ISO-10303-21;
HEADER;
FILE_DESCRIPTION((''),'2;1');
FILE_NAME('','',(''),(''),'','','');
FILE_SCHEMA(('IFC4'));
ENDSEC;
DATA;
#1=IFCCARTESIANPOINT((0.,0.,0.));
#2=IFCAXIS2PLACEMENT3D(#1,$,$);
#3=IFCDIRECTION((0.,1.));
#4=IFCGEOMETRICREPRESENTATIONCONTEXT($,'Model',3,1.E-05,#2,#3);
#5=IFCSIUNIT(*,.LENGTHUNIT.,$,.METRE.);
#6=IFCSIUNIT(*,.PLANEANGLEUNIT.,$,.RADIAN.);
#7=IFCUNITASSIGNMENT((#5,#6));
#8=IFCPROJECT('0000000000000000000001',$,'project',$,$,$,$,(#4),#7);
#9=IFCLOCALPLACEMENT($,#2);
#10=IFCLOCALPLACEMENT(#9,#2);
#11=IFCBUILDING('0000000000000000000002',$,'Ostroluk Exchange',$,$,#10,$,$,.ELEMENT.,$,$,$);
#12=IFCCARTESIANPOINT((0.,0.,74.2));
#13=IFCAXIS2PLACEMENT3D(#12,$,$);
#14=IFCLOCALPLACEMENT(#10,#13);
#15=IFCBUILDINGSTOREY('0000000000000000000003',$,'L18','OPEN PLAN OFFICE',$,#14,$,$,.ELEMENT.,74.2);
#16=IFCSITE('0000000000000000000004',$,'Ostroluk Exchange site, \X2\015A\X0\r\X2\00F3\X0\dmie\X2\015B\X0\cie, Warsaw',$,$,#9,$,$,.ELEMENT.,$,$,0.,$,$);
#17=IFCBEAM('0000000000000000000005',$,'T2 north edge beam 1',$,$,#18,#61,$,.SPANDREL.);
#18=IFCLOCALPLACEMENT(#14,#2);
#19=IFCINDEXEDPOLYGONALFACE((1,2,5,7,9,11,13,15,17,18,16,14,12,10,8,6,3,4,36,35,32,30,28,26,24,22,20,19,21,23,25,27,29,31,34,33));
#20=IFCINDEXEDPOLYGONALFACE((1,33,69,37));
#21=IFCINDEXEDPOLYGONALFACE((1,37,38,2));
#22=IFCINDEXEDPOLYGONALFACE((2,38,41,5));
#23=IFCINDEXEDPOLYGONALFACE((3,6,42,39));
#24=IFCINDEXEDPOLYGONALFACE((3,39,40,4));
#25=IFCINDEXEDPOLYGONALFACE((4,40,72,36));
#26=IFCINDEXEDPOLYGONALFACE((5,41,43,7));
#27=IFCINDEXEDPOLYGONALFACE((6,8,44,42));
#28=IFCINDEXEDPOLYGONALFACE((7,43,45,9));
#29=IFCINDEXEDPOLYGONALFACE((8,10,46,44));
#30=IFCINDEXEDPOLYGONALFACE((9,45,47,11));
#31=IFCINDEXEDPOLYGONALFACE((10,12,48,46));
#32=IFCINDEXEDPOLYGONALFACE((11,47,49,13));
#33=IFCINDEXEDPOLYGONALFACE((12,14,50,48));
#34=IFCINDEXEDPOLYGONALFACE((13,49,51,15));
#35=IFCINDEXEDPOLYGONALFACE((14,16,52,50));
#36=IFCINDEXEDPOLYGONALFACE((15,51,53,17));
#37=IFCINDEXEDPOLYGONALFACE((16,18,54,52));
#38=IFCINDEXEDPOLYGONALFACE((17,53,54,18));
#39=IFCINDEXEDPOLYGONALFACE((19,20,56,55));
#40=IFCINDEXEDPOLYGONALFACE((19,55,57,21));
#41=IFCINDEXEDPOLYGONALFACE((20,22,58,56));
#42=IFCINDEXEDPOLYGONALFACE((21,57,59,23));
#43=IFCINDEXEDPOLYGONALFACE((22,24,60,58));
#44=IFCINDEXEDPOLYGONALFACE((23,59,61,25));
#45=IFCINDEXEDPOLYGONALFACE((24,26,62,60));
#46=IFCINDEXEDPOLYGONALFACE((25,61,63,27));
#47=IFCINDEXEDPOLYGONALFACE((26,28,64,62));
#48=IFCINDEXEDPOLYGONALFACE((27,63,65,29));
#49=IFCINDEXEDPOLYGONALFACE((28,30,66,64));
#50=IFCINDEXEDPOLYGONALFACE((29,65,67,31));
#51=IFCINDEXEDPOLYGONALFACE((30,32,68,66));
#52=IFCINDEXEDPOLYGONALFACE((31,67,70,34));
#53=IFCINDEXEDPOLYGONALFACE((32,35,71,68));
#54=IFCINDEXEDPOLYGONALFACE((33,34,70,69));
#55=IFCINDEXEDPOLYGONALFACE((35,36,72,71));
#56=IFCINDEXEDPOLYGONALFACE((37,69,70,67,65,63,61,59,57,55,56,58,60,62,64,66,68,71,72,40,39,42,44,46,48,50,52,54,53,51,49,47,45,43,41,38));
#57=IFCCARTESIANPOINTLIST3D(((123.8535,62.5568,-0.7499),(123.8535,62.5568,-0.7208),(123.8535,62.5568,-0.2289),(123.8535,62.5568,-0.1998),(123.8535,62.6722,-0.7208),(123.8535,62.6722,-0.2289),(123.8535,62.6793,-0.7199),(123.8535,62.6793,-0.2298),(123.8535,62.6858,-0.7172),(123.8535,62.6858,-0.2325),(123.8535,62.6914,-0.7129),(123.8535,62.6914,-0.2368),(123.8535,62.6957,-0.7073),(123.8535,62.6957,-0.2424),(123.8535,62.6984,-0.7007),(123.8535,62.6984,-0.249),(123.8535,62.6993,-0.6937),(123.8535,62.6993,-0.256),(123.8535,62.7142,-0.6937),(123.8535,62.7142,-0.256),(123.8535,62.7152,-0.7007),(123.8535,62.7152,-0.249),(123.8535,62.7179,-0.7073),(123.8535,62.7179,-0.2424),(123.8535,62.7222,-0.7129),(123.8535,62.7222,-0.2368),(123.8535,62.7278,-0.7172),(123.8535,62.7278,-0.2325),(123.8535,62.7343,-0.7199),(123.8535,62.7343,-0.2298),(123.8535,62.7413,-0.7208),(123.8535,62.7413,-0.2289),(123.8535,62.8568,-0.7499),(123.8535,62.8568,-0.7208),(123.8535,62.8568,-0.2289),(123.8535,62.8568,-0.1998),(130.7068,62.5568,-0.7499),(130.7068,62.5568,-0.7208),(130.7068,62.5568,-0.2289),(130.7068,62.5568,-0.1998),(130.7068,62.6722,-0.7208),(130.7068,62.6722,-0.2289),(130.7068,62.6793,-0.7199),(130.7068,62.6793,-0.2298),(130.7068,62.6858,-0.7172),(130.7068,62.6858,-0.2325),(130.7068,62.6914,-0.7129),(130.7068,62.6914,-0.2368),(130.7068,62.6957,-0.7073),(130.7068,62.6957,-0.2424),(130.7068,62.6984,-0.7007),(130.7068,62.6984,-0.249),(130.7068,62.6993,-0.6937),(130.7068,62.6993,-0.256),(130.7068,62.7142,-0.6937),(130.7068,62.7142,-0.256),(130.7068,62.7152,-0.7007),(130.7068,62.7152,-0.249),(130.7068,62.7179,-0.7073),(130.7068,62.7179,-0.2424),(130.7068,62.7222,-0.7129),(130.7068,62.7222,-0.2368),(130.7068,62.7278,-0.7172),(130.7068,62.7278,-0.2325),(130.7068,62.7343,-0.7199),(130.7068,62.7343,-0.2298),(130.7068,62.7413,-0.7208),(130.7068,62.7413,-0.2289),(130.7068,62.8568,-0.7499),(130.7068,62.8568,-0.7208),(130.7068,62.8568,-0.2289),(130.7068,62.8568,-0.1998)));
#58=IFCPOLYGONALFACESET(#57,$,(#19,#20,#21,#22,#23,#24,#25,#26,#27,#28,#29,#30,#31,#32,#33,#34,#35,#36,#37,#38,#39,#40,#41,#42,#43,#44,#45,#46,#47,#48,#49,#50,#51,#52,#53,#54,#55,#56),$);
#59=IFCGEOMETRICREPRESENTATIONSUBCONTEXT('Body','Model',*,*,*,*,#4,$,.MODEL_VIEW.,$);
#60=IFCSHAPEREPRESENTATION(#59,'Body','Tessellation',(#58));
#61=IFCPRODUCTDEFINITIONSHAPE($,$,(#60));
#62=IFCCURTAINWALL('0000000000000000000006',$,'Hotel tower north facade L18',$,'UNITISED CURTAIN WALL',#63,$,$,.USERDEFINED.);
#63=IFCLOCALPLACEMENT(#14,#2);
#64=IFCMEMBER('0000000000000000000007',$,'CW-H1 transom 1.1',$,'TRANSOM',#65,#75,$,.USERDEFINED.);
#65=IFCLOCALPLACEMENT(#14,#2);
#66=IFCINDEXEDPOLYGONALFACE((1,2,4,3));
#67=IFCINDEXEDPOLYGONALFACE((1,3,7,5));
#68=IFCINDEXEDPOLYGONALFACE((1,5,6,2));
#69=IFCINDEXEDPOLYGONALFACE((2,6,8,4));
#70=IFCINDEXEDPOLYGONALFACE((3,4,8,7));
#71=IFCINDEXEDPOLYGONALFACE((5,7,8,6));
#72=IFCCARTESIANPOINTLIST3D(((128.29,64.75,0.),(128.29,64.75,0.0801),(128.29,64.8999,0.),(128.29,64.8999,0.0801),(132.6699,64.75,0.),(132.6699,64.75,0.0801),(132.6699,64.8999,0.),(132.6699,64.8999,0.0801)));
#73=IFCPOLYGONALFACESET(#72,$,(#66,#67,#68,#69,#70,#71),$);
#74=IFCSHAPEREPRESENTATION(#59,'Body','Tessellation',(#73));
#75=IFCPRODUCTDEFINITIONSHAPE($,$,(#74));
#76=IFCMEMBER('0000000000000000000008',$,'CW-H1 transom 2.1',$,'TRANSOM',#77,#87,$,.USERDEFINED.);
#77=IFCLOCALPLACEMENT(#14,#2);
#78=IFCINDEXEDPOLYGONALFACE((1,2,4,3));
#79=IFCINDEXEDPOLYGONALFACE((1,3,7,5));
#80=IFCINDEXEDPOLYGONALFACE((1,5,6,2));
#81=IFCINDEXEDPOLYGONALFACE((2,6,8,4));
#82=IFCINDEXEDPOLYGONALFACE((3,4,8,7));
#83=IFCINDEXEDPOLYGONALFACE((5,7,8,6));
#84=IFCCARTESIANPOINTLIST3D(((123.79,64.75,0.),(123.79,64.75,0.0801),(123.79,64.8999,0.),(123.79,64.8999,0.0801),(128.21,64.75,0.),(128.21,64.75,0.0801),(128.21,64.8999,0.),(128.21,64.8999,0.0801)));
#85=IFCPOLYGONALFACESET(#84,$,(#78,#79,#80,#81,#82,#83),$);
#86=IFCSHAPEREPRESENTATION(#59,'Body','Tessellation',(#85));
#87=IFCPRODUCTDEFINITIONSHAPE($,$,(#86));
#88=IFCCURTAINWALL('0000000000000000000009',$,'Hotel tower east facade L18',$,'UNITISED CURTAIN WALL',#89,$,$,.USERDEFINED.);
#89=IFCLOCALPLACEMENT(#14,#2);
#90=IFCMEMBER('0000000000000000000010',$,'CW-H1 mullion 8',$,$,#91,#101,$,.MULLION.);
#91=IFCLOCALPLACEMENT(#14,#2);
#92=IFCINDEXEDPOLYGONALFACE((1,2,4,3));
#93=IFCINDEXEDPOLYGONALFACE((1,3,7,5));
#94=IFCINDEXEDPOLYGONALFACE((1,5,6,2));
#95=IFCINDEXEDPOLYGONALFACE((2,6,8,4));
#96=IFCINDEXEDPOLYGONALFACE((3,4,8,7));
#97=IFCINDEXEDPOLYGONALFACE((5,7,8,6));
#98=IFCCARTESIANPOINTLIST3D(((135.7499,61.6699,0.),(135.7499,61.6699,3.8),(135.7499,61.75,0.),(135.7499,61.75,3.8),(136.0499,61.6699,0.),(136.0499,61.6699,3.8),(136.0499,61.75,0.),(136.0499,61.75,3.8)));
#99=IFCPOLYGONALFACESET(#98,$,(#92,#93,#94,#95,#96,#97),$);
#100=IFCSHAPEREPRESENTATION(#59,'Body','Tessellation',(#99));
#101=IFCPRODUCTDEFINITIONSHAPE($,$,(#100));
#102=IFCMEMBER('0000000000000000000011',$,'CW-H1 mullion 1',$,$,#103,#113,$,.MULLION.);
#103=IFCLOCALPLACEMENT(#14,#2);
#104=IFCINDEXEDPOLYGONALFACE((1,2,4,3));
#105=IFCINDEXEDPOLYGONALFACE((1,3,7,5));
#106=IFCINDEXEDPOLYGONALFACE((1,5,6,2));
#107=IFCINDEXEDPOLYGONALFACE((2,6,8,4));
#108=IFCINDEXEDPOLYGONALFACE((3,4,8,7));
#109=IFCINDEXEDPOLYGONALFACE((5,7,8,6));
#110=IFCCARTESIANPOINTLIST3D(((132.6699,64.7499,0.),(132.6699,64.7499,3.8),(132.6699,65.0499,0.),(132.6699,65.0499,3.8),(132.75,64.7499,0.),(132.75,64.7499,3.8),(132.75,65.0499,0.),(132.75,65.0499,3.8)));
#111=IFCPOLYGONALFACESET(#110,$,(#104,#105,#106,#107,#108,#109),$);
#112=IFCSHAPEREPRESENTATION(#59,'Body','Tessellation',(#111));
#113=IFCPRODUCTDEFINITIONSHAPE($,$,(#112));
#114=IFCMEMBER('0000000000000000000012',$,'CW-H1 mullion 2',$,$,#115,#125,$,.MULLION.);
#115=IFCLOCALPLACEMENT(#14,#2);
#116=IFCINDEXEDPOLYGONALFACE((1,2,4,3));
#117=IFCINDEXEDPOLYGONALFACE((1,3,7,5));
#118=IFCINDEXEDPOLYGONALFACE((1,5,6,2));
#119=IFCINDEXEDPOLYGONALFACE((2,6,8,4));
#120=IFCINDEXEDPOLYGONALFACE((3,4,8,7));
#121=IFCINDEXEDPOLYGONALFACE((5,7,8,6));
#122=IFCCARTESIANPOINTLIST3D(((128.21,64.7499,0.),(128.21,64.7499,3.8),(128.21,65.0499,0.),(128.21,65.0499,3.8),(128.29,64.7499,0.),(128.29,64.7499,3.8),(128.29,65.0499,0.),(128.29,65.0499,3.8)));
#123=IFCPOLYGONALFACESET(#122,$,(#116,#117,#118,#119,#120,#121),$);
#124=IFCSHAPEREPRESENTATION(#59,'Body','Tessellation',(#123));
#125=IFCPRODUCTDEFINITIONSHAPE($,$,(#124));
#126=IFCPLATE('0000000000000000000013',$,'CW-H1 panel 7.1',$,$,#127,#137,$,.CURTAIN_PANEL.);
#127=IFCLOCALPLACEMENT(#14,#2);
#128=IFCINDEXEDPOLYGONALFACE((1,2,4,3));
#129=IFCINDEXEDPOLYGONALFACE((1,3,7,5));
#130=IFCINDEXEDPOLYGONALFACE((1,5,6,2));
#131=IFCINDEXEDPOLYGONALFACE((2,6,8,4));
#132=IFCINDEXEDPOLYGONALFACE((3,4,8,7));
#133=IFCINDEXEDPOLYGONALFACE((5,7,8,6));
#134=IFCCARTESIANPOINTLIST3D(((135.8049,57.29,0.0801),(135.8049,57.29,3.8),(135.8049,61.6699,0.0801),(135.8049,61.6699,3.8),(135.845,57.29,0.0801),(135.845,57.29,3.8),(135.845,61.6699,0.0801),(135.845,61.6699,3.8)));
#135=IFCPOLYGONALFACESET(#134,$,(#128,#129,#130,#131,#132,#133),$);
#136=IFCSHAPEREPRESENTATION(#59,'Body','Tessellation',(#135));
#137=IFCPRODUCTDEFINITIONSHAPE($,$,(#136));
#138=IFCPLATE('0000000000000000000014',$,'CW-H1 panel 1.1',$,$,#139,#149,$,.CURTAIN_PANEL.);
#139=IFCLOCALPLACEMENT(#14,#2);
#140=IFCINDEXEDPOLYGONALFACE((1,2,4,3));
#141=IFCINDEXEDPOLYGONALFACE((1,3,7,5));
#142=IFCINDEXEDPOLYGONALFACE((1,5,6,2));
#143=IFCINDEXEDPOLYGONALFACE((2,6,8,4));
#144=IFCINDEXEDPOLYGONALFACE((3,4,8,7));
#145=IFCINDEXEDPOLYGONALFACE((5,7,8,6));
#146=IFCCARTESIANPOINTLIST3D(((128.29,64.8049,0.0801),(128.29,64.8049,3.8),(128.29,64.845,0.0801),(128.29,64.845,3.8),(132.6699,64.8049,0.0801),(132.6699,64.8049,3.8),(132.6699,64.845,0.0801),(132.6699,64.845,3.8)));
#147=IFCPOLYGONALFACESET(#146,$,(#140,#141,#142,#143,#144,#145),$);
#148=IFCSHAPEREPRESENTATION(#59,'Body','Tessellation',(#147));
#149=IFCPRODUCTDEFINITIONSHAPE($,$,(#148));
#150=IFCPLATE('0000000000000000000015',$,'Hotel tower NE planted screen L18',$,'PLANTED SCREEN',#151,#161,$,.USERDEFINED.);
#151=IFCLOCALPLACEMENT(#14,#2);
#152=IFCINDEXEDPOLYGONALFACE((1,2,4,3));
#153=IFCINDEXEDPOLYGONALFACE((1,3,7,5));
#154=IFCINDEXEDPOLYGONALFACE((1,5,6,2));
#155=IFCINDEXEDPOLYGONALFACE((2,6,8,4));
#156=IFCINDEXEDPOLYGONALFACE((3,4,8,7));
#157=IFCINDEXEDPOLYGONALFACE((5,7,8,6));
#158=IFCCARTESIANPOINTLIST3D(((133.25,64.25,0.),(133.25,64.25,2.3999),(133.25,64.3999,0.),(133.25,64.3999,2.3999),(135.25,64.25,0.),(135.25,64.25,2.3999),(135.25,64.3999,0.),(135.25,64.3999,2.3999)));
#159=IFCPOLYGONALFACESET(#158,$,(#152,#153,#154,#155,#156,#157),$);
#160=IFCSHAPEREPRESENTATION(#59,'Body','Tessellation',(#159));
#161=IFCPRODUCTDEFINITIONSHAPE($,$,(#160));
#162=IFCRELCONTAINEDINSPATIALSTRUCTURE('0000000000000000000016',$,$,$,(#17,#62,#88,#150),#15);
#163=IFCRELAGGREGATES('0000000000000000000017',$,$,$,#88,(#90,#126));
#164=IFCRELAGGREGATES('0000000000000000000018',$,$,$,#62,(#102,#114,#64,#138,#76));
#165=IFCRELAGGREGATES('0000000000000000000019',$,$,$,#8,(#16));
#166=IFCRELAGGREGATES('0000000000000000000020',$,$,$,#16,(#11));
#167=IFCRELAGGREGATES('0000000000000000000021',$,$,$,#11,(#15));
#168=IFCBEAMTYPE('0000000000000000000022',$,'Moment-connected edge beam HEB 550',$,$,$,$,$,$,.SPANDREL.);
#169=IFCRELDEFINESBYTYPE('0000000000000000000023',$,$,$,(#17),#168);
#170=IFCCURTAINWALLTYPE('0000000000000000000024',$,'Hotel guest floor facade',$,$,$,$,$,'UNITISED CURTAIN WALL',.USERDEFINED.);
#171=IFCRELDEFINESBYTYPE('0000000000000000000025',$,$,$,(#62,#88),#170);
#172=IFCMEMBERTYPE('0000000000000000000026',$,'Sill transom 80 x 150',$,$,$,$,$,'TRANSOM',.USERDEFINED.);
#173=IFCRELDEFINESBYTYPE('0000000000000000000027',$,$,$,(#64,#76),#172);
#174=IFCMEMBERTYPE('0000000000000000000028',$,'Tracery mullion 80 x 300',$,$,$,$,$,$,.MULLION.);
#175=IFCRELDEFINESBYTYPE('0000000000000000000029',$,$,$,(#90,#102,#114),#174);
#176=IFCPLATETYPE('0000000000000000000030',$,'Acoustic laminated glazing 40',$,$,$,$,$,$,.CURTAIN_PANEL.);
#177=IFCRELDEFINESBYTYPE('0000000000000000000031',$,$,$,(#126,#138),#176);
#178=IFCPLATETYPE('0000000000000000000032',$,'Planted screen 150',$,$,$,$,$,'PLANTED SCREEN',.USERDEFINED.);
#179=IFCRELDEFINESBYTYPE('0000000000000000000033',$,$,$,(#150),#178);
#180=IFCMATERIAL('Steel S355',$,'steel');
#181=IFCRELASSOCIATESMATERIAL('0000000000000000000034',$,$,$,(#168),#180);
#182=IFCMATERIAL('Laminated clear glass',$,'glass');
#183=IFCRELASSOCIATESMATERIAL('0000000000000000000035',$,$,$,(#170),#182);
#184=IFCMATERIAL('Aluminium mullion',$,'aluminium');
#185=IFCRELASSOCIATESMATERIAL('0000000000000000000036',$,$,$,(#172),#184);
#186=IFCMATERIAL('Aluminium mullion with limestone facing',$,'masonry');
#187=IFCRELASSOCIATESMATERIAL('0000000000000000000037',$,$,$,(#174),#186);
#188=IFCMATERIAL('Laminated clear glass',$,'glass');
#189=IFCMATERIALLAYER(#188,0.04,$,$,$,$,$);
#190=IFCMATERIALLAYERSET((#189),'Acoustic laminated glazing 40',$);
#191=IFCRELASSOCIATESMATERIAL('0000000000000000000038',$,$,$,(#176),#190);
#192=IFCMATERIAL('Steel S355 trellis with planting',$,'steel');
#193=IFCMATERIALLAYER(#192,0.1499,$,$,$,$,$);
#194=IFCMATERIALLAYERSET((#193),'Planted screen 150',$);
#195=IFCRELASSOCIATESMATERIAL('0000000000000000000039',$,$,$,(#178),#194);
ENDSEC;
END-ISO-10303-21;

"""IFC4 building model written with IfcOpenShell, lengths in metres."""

from ifc_helpers import new_model, si_unit, direction, frame, origin, origin_2d, place, context, subcontext, project, spatial, rectangle, i_section, extrude, material, layer, layer_set, material_profile, profile_set, type_object, element, aggregate, save


model = new_model("IFC4")

# Units and contexts
model_context = context("Model", 3, precision=1e-05, world=origin(), true_north=direction((0.0, 1.0)))
body_context = subcontext(model_context, "Body", "Model", "MODEL_VIEW")
ifc_project = project(units=[si_unit("LENGTHUNIT", "METRE"), si_unit("PLANEANGLEUNIT", "RADIAN")], contexts=[model_context])

# Site, building, storey
site_placement = place(None, origin())
site = spatial("IfcSite", under=ifc_project, at=site_placement, Name="Ostroluk Exchange site, Śródmieście, Warsaw", CompositionType="ELEMENT", RefElevation=0.0)
building_placement = place(site_placement, origin())
building = spatial("IfcBuilding", under=site, at=building_placement, Name="Ostroluk Exchange", CompositionType="ELEMENT")
storey_placement = place(building_placement, frame((0.0, 0.0, 74.2)))
storey = spatial("IfcBuildingStorey", under=building, at=storey_placement, Name="L18", Description="OPEN PLAN OFFICE", CompositionType="ELEMENT", Elevation=74.2)

# Beam
ifc_material_1 = material(Name="Steel S355", Category="steel")
ifc_material_profile_1 = material_profile(ifc_material_1, i_section(OverallWidth=0.3, OverallDepth=0.55, WebThickness=0.0149, FlangeThickness=0.0291, FilletRadius=0.0271, at=origin_2d()), Name="HEB 550")
ifc_profile_set_1 = profile_set([ifc_material_profile_1], Name="Steel S355")
beam_type_1 = type_object("IfcBeamType", Name="Moment-connected edge beam HEB 550", PredefinedType="SPANDREL", material=ifc_profile_set_1)
beam_1_placement = place(storey_placement, frame((130.7068, 62.7068, -0.4749), z_axis=(-1.0, 0.0, 0.0), x_axis=(0.0, -1.0, 0.0)))
element("IfcBeam", 1, at=beam_1_placement, inside=storey, type_object=beam_type_1, Name="T2 north edge beam 1", PredefinedType="SPANDREL", context=body_context, shape_type="SweptSolid", body=[
    extrude(i_section(OverallWidth=0.3, OverallDepth=0.55, WebThickness=0.0149, FlangeThickness=0.0291, FilletRadius=0.0271, at=origin_2d()), origin(), (0.0, 0.0, 1.0), 6.8533),
])

# Curtain wall, members
ifc_material_2 = material(Name="Laminated clear glass", Category="glass")
curtain_wall_type = type_object("IfcCurtainWallType", Name="Hotel guest floor facade", ElementType="UNITISED CURTAIN WALL", PredefinedType="USERDEFINED", material=ifc_material_2)
curtain_wall_1_placement = place(storey_placement, origin())
curtain_wall_1 = element("IfcCurtainWall", 2, at=curtain_wall_1_placement, inside=storey, type_object=curtain_wall_type, Name="Hotel tower north facade L18", ObjectType="UNITISED CURTAIN WALL", PredefinedType="USERDEFINED")
ifc_material_3 = material(Name="Aluminium mullion", Category="aluminium")
ifc_material_profile_2 = material_profile(ifc_material_3, rectangle(XDim=0.1499, YDim=0.0801, at=origin_2d()), Name="Sill transom 80 x 150")
ifc_profile_set_2 = profile_set([ifc_material_profile_2], Name="Aluminium mullion")
member_type_1 = type_object("IfcMemberType", Name="Sill transom 80 x 150", ElementType="TRANSOM", PredefinedType="USERDEFINED", material=ifc_profile_set_2)
member_1_placement = place(storey_placement, frame((132.6699, 64.825, 0.04), z_axis=(-1.0, 0.0, 0.0), x_axis=(0.0, -1.0, 0.0)))
member_1 = element("IfcMember", 3, at=member_1_placement, type_object=member_type_1, Name="CW-H1 transom 1.1", ObjectType="TRANSOM", PredefinedType="USERDEFINED", context=body_context, shape_type="SweptSolid", body=[
    extrude(rectangle(XDim=0.1499, YDim=0.0801, at=origin_2d()), origin(), (0.0, 0.0, 1.0), 4.3799),
])
member_2_placement = place(storey_placement, frame((128.21, 64.825, 0.04), z_axis=(-1.0, 0.0, 0.0), x_axis=(0.0, -1.0, 0.0)))
member_2 = element("IfcMember", 4, at=member_2_placement, type_object=member_type_1, Name="CW-H1 transom 2.1", ObjectType="TRANSOM", PredefinedType="USERDEFINED", context=body_context, shape_type="SweptSolid", body=[
    extrude(rectangle(XDim=0.1499, YDim=0.0801, at=origin_2d()), origin(), (0.0, 0.0, 1.0), 4.4199),
])

# Curtain wall, member
curtain_wall_2_placement = place(storey_placement, origin())
curtain_wall_2 = element("IfcCurtainWall", 5, at=curtain_wall_2_placement, inside=storey, type_object=curtain_wall_type, Name="Hotel tower east facade L18", ObjectType="UNITISED CURTAIN WALL", PredefinedType="USERDEFINED")
ifc_material_4 = material(Name="Aluminium mullion with limestone facing", Category="masonry")
ifc_material_profile_3 = material_profile(ifc_material_4, rectangle(XDim=0.3, YDim=0.0801, at=origin_2d()), Name="Tracery mullion 80 x 300")
ifc_profile_set_3 = profile_set([ifc_material_profile_3], Name="Aluminium mullion with limestone facing")
member_type_2 = type_object("IfcMemberType", Name="Tracery mullion 80 x 300", PredefinedType="MULLION", material=ifc_profile_set_3)
member_3_placement = place(storey_placement, frame((135.8999, 61.71, 0.0), z_axis=(0.0, 0.0, 1.0), x_axis=(-1.0, 0.0, 0.0)))
member_3 = element("IfcMember", 6, at=member_3_placement, type_object=member_type_2, Name="CW-H1 mullion 8", PredefinedType="MULLION", context=body_context, shape_type="SweptSolid", body=[
    extrude(rectangle(XDim=0.3, YDim=0.0801, at=origin_2d()), origin(), (0.0, 0.0, 1.0), 3.8),
])

# Members
member_4_placement = place(storey_placement, frame((132.71, 64.8999, 0.0), z_axis=(0.0, 0.0, 1.0), x_axis=(0.0, -1.0, 0.0)))
member_4 = element("IfcMember", 7, at=member_4_placement, type_object=member_type_2, Name="CW-H1 mullion 1", PredefinedType="MULLION", context=body_context, shape_type="SweptSolid", body=[
    extrude(rectangle(XDim=0.3, YDim=0.0801, at=origin_2d()), origin(), (0.0, 0.0, 1.0), 3.8),
])
member_5_placement = place(storey_placement, frame((128.25, 64.8999, 0.0), z_axis=(0.0, 0.0, 1.0), x_axis=(0.0, -1.0, 0.0)))
member_5 = element("IfcMember", 8, at=member_5_placement, type_object=member_type_2, Name="CW-H1 mullion 2", PredefinedType="MULLION", context=body_context, shape_type="SweptSolid", body=[
    extrude(rectangle(XDim=0.3, YDim=0.0801, at=origin_2d()), origin(), (0.0, 0.0, 1.0), 3.8),
])

# Plates
ifc_material_5 = material(Name="Laminated clear glass", Category="glass")
ifc_layer_1 = layer(ifc_material_5, 0.04)
ifc_layer_set_1 = layer_set([ifc_layer_1], Name="Acoustic laminated glazing 40")
plate_type_1 = type_object("IfcPlateType", Name="Acoustic laminated glazing 40", PredefinedType="CURTAIN_PANEL", material=ifc_layer_set_1)
plate_1_placement = place(storey_placement, frame((135.825, 59.48, 0.0801), z_axis=(0.0, 0.0, 1.0), x_axis=(0.0, 1.0, 0.0)))
plate_1 = element("IfcPlate", 9, at=plate_1_placement, type_object=plate_type_1, Name="CW-H1 panel 7.1", PredefinedType="CURTAIN_PANEL", context=body_context, shape_type="SweptSolid", body=[
    extrude(rectangle(XDim=4.3799, YDim=0.04, at=origin_2d()), origin(), (0.0, 0.0, 1.0), 3.72),
])
aggregate(curtain_wall_2, [member_3, plate_1])
plate_2_placement = place(storey_placement, frame((130.48, 64.825, 0.0801), z_axis=(0.0, 0.0, 1.0), x_axis=(-1.0, 0.0, 0.0)))
plate_2 = element("IfcPlate", 10, at=plate_2_placement, type_object=plate_type_1, Name="CW-H1 panel 1.1", PredefinedType="CURTAIN_PANEL", context=body_context, shape_type="SweptSolid", body=[
    extrude(rectangle(XDim=4.3799, YDim=0.04, at=origin_2d()), origin(), (0.0, 0.0, 1.0), 3.72),
])
aggregate(curtain_wall_1, [member_4, member_5, member_1, plate_2, member_2])
ifc_material_6 = material(Name="Steel S355 trellis with planting", Category="steel")
ifc_layer_2 = layer(ifc_material_6, 0.1499)
ifc_layer_set_2 = layer_set([ifc_layer_2], Name="Planted screen 150")
plate_type_2 = type_object("IfcPlateType", Name="Planted screen 150", ElementType="PLANTED SCREEN", PredefinedType="USERDEFINED", material=ifc_layer_set_2)
plate_3_placement = place(storey_placement, frame((134.25, 64.325, 0.0), z_axis=(0.0, 0.0, 1.0), x_axis=(1.0, 0.0, 0.0)))
element("IfcPlate", 11, at=plate_3_placement, inside=storey, type_object=plate_type_2, Name="Hotel tower NE planted screen L18", ObjectType="PLANTED SCREEN", PredefinedType="USERDEFINED", context=body_context, shape_type="SweptSolid", body=[
    extrude(rectangle(XDim=2.0, YDim=0.1499, at=origin_2d()), origin(), (0.0, 0.0, 1.0), 2.3999),
])

save(model, "model.ifc")
